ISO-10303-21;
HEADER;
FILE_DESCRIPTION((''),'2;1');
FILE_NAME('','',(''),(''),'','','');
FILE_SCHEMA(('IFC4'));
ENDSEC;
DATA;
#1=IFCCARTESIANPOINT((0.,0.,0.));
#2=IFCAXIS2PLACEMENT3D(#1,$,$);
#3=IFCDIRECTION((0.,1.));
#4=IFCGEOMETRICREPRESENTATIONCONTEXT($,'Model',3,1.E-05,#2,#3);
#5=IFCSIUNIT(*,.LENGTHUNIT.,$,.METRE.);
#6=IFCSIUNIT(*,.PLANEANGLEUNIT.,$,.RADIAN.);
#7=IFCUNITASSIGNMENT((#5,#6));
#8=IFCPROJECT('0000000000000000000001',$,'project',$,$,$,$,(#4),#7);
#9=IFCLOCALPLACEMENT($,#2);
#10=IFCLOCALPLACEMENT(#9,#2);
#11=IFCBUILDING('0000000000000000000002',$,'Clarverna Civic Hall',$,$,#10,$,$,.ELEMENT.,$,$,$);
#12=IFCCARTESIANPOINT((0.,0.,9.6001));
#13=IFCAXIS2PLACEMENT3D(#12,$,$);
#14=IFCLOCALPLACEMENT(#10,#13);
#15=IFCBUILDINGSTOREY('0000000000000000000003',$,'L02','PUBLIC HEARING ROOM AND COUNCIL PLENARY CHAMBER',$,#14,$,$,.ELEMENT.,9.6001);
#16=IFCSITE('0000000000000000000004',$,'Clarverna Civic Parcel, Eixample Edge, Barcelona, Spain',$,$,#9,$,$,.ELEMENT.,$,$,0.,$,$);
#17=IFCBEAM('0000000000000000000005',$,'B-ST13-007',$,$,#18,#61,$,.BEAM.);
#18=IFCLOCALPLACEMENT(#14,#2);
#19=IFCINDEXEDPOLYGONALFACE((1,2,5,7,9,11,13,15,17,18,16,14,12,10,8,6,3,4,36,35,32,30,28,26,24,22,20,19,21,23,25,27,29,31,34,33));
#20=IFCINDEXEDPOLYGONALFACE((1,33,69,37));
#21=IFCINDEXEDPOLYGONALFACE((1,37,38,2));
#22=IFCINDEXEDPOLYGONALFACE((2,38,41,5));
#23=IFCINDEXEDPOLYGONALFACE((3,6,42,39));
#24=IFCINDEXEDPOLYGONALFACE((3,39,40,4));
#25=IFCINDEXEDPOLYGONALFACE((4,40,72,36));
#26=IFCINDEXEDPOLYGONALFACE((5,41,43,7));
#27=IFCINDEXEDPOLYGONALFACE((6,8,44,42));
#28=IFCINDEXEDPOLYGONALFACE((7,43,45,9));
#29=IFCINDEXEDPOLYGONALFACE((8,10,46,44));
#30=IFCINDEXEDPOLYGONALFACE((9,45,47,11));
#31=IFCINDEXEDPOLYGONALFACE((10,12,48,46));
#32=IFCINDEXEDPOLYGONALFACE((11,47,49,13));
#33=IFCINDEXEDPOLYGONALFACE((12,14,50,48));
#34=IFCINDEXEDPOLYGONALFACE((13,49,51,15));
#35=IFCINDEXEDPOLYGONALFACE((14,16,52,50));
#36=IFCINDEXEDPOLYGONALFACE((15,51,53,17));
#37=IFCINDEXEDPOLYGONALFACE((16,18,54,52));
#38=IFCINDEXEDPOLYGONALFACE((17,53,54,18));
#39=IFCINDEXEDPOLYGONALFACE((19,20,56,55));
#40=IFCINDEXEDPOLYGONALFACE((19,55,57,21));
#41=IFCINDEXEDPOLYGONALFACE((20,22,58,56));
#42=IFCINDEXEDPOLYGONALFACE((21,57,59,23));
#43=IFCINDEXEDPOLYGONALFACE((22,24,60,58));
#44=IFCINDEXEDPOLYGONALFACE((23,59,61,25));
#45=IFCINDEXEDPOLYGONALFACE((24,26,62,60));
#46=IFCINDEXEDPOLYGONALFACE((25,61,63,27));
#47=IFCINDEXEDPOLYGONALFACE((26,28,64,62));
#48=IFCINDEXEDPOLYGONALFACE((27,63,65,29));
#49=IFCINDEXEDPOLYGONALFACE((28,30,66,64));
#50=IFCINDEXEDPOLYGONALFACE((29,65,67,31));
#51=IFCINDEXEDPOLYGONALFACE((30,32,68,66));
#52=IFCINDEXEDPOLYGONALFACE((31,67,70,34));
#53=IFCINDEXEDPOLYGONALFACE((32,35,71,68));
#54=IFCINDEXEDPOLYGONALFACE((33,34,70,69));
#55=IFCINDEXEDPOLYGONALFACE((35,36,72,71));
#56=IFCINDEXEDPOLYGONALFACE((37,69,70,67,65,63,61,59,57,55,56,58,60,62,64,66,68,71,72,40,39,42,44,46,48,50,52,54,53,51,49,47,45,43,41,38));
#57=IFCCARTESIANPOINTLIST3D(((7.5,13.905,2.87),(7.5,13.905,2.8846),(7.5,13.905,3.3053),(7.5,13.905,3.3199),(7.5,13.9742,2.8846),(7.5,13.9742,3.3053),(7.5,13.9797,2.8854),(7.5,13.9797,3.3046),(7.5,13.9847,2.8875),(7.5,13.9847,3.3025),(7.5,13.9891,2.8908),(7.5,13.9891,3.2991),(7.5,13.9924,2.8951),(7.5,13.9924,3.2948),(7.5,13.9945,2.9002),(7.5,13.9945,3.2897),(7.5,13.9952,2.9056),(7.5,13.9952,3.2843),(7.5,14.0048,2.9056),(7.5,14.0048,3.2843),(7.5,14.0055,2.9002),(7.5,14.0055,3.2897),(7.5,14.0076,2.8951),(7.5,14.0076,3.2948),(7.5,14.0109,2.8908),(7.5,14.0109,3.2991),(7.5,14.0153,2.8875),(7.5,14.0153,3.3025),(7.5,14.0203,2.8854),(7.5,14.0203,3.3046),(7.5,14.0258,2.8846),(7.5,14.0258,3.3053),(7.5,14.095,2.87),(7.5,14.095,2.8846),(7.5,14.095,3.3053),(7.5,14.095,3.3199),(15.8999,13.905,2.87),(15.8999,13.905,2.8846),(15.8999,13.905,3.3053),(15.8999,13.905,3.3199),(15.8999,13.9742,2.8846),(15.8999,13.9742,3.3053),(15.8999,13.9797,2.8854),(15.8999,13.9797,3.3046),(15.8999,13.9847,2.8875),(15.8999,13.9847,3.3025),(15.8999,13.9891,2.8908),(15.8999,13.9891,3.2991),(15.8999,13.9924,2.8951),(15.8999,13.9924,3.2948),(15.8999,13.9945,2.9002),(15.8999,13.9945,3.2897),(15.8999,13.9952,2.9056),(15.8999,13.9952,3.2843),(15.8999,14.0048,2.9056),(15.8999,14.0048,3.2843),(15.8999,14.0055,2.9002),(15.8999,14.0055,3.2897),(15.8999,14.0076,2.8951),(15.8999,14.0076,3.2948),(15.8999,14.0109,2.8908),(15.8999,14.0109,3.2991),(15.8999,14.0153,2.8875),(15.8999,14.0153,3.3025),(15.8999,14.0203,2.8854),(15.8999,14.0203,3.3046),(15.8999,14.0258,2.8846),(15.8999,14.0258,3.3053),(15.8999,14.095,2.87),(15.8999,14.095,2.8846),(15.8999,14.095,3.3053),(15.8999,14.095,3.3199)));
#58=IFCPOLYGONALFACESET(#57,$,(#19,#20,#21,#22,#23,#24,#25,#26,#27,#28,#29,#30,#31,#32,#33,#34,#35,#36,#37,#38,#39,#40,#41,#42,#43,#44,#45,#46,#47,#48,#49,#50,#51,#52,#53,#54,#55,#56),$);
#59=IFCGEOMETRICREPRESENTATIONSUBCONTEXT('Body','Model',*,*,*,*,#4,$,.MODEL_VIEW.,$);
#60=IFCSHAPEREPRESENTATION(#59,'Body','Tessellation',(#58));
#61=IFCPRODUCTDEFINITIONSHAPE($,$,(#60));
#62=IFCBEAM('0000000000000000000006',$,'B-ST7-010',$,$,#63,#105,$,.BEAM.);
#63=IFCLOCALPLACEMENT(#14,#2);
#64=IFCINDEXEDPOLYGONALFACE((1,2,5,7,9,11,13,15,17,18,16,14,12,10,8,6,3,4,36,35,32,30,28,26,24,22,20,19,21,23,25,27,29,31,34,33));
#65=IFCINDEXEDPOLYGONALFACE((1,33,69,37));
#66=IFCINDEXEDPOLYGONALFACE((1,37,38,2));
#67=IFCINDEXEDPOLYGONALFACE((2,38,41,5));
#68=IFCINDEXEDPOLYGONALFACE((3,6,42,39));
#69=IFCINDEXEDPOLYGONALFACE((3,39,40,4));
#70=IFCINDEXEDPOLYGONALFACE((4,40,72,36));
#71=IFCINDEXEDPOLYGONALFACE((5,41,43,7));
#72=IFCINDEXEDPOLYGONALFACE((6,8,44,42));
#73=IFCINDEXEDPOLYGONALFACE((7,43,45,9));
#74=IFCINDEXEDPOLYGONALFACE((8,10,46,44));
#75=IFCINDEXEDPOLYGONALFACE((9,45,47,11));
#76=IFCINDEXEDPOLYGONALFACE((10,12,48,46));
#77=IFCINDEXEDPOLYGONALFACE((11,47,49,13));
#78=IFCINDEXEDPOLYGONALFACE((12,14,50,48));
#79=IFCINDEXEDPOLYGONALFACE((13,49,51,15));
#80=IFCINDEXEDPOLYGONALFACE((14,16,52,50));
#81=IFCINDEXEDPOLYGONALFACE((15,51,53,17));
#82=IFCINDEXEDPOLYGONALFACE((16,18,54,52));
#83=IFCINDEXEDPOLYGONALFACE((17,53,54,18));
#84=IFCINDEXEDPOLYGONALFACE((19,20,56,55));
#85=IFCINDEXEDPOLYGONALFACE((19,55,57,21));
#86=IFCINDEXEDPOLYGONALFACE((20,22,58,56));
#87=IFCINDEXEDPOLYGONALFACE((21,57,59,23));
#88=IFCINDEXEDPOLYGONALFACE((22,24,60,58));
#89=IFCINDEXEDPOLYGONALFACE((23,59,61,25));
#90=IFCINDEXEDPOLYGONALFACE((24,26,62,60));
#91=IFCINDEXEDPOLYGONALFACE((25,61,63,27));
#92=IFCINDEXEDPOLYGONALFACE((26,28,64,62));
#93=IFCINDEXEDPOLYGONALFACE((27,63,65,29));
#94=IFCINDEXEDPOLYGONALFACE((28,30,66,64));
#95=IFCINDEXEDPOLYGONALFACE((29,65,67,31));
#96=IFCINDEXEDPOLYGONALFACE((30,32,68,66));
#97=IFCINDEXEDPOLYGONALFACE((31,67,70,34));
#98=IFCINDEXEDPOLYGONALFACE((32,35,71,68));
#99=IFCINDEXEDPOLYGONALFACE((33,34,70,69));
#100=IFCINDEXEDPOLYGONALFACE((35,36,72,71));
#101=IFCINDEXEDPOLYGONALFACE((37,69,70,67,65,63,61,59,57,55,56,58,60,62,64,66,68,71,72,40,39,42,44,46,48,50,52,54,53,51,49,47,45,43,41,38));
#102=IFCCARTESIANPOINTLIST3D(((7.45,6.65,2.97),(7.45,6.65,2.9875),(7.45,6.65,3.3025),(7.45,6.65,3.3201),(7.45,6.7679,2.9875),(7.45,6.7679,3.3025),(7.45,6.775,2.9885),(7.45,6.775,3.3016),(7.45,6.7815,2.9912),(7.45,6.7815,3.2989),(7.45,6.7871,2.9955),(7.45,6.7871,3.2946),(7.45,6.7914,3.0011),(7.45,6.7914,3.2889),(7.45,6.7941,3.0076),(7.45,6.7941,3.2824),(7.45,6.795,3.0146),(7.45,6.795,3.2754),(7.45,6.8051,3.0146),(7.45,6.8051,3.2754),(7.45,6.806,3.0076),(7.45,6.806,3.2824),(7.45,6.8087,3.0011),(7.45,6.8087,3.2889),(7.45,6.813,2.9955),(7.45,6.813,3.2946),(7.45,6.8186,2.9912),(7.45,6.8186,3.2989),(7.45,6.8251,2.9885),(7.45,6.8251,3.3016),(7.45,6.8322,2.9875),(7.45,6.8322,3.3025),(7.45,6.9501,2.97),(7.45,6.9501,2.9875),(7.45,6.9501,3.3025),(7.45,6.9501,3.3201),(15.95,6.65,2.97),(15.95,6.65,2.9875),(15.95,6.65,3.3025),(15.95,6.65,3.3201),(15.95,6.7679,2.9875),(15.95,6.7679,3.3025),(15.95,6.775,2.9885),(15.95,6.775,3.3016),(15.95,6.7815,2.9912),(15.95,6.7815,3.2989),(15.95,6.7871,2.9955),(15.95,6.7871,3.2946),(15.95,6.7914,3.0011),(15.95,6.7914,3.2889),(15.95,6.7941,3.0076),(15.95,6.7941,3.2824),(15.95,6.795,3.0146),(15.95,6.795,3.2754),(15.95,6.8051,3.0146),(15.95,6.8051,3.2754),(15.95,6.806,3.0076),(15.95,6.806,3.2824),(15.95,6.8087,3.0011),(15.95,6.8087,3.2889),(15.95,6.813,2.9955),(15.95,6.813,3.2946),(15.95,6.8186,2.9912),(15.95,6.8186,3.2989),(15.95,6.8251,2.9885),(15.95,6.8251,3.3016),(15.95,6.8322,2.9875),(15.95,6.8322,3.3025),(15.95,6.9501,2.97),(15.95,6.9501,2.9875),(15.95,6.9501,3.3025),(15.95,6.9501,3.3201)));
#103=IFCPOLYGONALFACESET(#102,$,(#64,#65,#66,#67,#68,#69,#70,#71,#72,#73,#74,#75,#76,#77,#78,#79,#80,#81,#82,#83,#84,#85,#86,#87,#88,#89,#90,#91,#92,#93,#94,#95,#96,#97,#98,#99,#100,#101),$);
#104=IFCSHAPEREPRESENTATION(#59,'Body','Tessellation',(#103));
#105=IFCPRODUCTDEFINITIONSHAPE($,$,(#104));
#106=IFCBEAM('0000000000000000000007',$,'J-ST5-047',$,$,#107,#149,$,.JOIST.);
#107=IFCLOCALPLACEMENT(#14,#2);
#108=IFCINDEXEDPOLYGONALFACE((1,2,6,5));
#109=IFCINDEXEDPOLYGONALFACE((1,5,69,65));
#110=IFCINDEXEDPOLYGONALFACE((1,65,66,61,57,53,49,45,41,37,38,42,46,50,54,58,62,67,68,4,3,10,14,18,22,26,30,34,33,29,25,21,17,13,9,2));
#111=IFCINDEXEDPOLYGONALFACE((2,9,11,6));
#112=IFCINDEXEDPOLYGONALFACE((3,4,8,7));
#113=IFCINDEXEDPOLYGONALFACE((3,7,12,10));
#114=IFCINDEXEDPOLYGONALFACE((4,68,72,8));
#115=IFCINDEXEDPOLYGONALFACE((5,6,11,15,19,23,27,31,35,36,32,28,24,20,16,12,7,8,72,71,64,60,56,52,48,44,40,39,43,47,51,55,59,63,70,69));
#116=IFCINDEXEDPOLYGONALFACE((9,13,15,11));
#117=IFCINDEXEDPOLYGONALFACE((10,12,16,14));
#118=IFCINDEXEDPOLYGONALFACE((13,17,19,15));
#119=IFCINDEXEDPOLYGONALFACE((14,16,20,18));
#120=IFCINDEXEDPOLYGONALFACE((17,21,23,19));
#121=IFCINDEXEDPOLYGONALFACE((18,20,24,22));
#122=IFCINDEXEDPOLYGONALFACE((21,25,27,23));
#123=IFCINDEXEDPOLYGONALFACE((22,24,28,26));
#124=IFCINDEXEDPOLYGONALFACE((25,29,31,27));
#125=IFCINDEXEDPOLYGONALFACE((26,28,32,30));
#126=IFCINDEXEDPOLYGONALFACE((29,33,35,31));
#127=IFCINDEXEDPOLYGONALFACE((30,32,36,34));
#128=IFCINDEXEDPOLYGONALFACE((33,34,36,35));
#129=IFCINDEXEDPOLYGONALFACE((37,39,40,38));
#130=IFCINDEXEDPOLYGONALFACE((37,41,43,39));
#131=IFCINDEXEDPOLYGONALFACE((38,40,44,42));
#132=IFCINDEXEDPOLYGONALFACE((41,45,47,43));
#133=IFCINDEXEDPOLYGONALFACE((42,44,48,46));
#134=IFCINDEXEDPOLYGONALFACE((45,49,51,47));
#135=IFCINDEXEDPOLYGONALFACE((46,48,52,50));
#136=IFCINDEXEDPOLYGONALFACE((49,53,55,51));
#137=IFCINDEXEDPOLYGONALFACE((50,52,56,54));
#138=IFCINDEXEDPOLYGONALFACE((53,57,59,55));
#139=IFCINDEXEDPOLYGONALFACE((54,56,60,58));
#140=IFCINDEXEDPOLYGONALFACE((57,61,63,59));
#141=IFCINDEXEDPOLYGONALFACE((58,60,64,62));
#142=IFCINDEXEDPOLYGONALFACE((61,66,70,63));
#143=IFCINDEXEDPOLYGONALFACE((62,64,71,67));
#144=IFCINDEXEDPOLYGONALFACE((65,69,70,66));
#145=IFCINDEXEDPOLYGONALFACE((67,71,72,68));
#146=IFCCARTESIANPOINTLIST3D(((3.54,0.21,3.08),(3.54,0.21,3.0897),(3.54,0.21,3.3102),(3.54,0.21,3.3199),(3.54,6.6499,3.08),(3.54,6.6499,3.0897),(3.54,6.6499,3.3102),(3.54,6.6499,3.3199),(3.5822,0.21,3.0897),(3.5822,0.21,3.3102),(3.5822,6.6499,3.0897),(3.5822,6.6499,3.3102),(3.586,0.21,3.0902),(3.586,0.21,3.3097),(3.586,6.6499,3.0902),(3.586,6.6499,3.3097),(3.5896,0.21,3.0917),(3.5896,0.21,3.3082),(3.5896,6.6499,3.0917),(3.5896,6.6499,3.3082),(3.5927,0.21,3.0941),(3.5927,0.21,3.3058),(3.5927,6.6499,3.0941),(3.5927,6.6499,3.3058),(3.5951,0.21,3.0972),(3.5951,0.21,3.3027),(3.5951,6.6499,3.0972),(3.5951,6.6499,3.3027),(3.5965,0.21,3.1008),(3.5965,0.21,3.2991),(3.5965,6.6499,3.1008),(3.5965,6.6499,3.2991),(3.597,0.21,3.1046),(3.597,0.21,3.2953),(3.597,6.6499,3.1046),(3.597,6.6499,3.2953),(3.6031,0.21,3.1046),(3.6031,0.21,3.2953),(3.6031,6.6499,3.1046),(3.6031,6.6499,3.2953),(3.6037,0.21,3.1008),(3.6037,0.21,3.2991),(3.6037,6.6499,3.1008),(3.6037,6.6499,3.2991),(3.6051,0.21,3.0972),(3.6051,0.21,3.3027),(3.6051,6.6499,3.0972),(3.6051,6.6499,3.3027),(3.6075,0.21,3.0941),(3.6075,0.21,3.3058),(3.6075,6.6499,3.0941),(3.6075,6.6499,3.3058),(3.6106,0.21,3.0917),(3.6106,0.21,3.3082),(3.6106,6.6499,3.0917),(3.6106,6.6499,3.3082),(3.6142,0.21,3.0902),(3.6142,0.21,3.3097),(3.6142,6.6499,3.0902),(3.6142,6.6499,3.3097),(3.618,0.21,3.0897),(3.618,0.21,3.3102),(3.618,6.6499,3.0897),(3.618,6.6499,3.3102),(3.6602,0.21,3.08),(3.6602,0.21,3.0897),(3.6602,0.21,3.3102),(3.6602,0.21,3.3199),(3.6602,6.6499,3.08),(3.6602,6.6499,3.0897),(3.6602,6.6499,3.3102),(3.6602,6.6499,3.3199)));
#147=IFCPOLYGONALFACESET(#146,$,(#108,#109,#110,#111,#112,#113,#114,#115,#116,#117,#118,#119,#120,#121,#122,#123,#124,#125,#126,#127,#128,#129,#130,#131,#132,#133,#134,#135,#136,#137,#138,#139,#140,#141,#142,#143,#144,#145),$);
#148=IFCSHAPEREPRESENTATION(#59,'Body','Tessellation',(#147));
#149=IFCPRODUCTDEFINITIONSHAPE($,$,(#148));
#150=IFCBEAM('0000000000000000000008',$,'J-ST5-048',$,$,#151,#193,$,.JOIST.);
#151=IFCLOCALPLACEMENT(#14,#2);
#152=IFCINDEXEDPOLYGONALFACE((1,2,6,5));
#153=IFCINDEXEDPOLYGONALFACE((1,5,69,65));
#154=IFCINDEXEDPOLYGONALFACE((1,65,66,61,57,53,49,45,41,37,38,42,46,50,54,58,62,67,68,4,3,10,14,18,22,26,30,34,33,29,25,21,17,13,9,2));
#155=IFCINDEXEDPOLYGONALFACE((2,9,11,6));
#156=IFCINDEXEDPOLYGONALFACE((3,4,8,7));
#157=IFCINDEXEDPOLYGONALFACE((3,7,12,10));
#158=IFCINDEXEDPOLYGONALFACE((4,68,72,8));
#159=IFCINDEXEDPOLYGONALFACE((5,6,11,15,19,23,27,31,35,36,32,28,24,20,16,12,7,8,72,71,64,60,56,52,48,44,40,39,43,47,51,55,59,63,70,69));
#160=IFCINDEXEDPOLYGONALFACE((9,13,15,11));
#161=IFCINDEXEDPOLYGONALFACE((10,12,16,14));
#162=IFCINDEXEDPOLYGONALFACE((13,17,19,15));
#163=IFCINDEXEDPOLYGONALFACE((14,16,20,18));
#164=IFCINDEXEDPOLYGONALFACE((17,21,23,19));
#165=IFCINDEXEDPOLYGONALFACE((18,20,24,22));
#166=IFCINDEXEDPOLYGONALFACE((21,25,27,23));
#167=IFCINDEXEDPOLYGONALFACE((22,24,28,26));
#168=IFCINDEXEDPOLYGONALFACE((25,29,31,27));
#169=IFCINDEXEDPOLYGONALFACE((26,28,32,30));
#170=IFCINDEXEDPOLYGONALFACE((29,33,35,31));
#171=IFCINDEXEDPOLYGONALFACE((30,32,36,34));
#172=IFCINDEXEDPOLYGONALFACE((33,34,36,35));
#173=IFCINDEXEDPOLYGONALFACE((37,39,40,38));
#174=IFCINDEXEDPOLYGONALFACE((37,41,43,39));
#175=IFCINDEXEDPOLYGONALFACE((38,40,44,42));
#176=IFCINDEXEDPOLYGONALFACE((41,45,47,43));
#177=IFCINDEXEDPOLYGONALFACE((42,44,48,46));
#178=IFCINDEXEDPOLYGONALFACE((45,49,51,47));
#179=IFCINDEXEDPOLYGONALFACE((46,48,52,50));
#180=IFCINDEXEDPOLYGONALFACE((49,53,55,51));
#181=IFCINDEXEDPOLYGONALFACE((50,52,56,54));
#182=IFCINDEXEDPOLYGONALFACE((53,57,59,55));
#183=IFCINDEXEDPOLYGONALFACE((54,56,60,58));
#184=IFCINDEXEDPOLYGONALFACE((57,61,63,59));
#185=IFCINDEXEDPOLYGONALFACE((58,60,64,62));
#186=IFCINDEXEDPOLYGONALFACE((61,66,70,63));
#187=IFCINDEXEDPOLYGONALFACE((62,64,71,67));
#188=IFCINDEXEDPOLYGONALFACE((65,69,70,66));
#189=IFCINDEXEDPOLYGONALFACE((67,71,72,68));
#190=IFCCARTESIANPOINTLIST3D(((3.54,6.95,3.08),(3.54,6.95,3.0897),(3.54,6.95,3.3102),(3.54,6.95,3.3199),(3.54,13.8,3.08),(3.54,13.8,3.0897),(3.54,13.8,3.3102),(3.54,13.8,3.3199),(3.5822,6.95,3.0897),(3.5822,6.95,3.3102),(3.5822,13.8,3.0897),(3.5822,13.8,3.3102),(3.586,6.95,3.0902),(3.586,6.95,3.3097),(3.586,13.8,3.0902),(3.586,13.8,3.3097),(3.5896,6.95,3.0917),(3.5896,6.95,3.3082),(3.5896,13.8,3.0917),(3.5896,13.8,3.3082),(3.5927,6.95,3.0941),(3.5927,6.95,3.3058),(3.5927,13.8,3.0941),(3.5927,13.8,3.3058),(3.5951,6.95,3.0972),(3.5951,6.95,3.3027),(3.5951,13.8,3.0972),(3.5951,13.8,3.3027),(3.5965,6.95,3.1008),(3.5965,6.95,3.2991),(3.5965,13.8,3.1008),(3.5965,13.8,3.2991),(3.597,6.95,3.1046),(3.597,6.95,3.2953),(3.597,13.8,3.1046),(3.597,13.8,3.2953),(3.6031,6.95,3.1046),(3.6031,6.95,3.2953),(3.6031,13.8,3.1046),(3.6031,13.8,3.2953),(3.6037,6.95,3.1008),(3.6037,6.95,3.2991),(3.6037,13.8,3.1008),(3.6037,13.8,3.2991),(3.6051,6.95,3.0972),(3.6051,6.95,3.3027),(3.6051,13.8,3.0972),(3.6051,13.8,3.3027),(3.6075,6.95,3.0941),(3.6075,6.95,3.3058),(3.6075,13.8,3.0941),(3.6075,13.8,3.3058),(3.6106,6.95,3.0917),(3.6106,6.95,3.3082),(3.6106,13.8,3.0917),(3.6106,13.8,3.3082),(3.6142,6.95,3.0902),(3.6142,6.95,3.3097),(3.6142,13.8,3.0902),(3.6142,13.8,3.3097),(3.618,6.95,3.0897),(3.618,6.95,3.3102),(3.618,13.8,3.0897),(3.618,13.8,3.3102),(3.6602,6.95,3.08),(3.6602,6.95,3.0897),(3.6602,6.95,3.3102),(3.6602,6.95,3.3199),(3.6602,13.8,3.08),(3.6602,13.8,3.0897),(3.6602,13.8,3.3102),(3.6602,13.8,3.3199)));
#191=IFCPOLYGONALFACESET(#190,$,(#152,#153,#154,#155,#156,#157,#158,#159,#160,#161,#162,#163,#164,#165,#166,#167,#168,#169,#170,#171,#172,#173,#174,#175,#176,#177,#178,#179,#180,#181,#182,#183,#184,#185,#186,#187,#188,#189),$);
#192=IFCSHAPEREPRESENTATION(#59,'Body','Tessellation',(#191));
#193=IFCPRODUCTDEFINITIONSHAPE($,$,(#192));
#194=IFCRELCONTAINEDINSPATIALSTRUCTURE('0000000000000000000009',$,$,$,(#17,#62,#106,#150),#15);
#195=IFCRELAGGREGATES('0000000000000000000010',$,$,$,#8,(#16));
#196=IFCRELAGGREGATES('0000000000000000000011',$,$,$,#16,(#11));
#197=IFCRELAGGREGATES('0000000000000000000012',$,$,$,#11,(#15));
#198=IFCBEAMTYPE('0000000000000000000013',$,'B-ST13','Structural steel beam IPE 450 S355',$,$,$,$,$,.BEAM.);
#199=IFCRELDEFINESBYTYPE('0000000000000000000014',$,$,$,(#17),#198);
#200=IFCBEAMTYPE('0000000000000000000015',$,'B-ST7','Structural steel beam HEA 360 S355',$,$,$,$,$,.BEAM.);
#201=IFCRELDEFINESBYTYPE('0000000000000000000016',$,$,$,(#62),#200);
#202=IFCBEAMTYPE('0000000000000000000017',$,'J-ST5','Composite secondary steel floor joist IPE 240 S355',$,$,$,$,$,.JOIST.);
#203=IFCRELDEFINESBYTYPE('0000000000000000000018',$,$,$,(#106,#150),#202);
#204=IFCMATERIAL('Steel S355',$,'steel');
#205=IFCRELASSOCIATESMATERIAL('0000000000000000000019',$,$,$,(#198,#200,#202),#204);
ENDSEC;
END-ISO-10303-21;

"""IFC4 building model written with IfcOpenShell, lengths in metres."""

from ifc_helpers import new_model, si_unit, direction, frame, origin, origin_2d, place, context, subcontext, project, spatial, i_section, extrude, material, material_profile, profile_set, type_object, element, save


model = new_model("IFC4")

# Units and contexts
model_context = context("Model", 3, precision=1e-05, world=origin(), true_north=direction((0.0, 1.0)))
body_context = subcontext(model_context, "Body", "Model", "MODEL_VIEW")
ifc_project = project(units=[si_unit("LENGTHUNIT", "METRE"), si_unit("PLANEANGLEUNIT", "RADIAN")], contexts=[model_context])

# Site, building, storey
site_placement = place(None, origin())
site = spatial("IfcSite", under=ifc_project, at=site_placement, Name="Clarverna Civic Parcel, Eixample Edge, Barcelona, Spain", CompositionType="ELEMENT", RefElevation=0.0)
building_placement = place(site_placement, origin())
building = spatial("IfcBuilding", under=site, at=building_placement, Name="Clarverna Civic Hall", CompositionType="ELEMENT")
storey_placement = place(building_placement, frame((0.0, 0.0, 9.6001)))
storey = spatial("IfcBuildingStorey", under=building, at=storey_placement, Name="L02", Description="PUBLIC HEARING ROOM AND COUNCIL PLENARY CHAMBER", CompositionType="ELEMENT", Elevation=9.6001)

# Beams
ifc_material_1 = material(Name="Steel S355", Category="steel")
ifc_material_profile_1 = material_profile(ifc_material_1, i_section(OverallWidth=0.1899, OverallDepth=0.45, WebThickness=0.0095, FlangeThickness=0.0146, FilletRadius=0.021, at=origin_2d()), Name="IPE 450")
ifc_profile_set_1 = profile_set([ifc_material_profile_1], Name="Steel S355")
beam_type_1 = type_object("IfcBeamType", Name="B-ST13", Description="Structural steel beam IPE 450 S355", PredefinedType="BEAM", material=ifc_profile_set_1)
beam_1_placement = place(storey_placement, frame((7.5, 14.0, 3.095), z_axis=(1.0, 0.0, 0.0), x_axis=(0.0, 1.0, 0.0)))
element("IfcBeam", 1, at=beam_1_placement, inside=storey, type_object=beam_type_1, Name="B-ST13-007", PredefinedType="BEAM", context=body_context, shape_type="SweptSolid", body=[
    extrude(i_section(OverallWidth=0.1899, OverallDepth=0.45, WebThickness=0.0095, FlangeThickness=0.0146, FilletRadius=0.021, at=origin_2d()), origin(), (0.0, 0.0, 1.0), 8.3999),
])
ifc_material_profile_2 = material_profile(ifc_material_1, i_section(OverallWidth=0.3, OverallDepth=0.3501, WebThickness=0.01, FlangeThickness=0.0176, FilletRadius=0.0271, at=origin_2d()), Name="HEA 360")
ifc_profile_set_2 = profile_set([ifc_material_profile_2], Name="Steel S355")
beam_type_2 = type_object("IfcBeamType", Name="B-ST7", Description="Structural steel beam HEA 360 S355", PredefinedType="BEAM", material=ifc_profile_set_2)
beam_2_placement = place(storey_placement, frame((7.45, 6.8, 3.145), z_axis=(1.0, 0.0, 0.0), x_axis=(0.0, 1.0, 0.0)))
element("IfcBeam", 2, at=beam_2_placement, inside=storey, type_object=beam_type_2, Name="B-ST7-010", PredefinedType="BEAM", context=body_context, shape_type="SweptSolid", body=[
    extrude(i_section(OverallWidth=0.3, OverallDepth=0.3501, WebThickness=0.01, FlangeThickness=0.0176, FilletRadius=0.0271, at=origin_2d()), origin(), (0.0, 0.0, 1.0), 8.5),
])
ifc_material_profile_3 = material_profile(ifc_material_1, i_section(OverallWidth=0.1201, OverallDepth=0.24, WebThickness=0.0061, FlangeThickness=0.0098, FilletRadius=0.0149, at=origin_2d()), Name="IPE 240")
ifc_profile_set_3 = profile_set([ifc_material_profile_3], Name="Steel S355")
beam_type_3 = type_object("IfcBeamType", Name="J-ST5", Description="Composite secondary steel floor joist IPE 240 S355", PredefinedType="JOIST", material=ifc_profile_set_3)
beam_3_placement = place(storey_placement, frame((3.6001, 0.21, 3.2), z_axis=(0.0, 1.0, 0.0), x_axis=(-1.0, 0.0, 0.0)))
element("IfcBeam", 3, at=beam_3_placement, inside=storey, type_object=beam_type_3, Name="J-ST5-047", PredefinedType="JOIST", context=body_context, shape_type="SweptSolid", body=[
    extrude(i_section(OverallWidth=0.1201, OverallDepth=0.24, WebThickness=0.0061, FlangeThickness=0.0098, FilletRadius=0.0149, at=origin_2d()), origin(), (0.0, 0.0, 1.0), 6.4399),
])
beam_4_placement = place(storey_placement, frame((3.6001, 6.95, 3.2), z_axis=(0.0, 1.0, 0.0), x_axis=(-1.0, 0.0, 0.0)))
element("IfcBeam", 4, at=beam_4_placement, inside=storey, type_object=beam_type_3, Name="J-ST5-048", PredefinedType="JOIST", context=body_context, shape_type="SweptSolid", body=[
    extrude(i_section(OverallWidth=0.1201, OverallDepth=0.24, WebThickness=0.0061, FlangeThickness=0.0098, FilletRadius=0.0149, at=origin_2d()), origin(), (0.0, 0.0, 1.0), 6.8501),
])

save(model, "model.ifc")
